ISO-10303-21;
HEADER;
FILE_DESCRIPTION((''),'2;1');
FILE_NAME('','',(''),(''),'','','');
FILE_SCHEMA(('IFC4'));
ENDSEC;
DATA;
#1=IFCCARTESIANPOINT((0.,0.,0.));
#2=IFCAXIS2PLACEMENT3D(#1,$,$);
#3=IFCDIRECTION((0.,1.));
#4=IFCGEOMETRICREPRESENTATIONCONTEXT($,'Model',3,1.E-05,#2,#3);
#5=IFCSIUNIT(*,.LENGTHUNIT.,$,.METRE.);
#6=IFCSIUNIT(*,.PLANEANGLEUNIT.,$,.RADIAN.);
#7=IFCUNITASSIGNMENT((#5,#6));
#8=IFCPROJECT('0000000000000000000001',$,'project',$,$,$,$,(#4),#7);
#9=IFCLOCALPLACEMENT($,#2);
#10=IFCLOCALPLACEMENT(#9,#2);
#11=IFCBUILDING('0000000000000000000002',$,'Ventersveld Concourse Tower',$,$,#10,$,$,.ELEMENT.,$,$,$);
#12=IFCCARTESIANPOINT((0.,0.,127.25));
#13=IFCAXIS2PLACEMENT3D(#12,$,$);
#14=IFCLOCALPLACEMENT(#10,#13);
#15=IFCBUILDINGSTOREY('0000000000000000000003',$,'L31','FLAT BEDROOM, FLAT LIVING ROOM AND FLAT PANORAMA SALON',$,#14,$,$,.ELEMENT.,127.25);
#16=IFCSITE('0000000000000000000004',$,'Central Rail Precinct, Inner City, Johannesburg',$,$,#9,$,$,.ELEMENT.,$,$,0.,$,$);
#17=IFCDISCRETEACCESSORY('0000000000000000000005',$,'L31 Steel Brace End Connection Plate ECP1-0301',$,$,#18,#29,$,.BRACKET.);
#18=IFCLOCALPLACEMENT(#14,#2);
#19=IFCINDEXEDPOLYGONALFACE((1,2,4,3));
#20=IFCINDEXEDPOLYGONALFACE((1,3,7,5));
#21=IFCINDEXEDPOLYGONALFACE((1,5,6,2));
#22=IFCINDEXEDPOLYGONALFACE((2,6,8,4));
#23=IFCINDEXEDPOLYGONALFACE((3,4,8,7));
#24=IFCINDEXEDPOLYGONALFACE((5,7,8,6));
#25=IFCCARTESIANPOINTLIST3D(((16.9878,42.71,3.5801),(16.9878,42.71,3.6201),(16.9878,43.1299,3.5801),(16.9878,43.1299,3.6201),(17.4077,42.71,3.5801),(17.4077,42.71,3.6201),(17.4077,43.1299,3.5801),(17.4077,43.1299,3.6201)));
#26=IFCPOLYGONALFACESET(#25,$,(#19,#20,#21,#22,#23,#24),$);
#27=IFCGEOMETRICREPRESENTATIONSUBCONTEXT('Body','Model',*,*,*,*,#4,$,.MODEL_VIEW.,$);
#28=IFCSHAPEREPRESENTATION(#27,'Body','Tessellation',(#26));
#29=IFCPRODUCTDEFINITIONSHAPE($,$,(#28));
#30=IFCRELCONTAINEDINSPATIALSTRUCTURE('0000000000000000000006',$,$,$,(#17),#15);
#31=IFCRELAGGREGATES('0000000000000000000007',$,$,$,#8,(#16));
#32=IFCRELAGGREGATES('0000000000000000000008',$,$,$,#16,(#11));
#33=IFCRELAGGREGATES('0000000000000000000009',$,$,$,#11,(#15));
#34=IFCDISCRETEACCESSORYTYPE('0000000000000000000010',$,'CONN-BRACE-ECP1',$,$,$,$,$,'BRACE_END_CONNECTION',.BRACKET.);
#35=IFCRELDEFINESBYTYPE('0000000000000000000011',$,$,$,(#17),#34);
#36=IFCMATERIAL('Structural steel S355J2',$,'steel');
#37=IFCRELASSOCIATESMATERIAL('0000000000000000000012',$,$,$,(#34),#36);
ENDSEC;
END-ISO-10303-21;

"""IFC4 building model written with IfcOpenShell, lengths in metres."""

from ifc_helpers import new_model, si_unit, direction, frame, origin, origin_2d, place, context, subcontext, project, spatial, rectangle, extrude, material, type_object, element, save


model = new_model("IFC4")

# Units and contexts
model_context = context("Model", 3, precision=1e-05, world=origin(), true_north=direction((0.0, 1.0)))
body_context = subcontext(model_context, "Body", "Model", "MODEL_VIEW")
ifc_project = project(units=[si_unit("LENGTHUNIT", "METRE"), si_unit("PLANEANGLEUNIT", "RADIAN")], contexts=[model_context])

# Site, building, storey
site_placement = place(None, origin())
site = spatial("IfcSite", under=ifc_project, at=site_placement, Name="Central Rail Precinct, Inner City, Johannesburg", CompositionType="ELEMENT", RefElevation=0.0)
building_placement = place(site_placement, origin())
building = spatial("IfcBuilding", under=site, at=building_placement, Name="Ventersveld Concourse Tower", CompositionType="ELEMENT")
storey_placement = place(building_placement, frame((0.0, 0.0, 127.25)))
storey = spatial("IfcBuildingStorey", under=building, at=storey_placement, Name="L31", Description="FLAT BEDROOM, FLAT LIVING ROOM AND FLAT PANORAMA SALON", CompositionType="ELEMENT", Elevation=127.25)

# Shared definitions
ifc_material_1 = material(Name="Structural steel S355J2", Category="steel")

# Discrete accessory
discrete_accessory_type = type_object("IfcDiscreteAccessoryType", Name="CONN-BRACE-ECP1", ElementType="BRACE_END_CONNECTION", PredefinedType="BRACKET", material=ifc_material_1)
discrete_accessory_placement = place(storey_placement, frame((17.1978, 42.9199, 3.5801), z_axis=(0.0, 0.0, 1.0), x_axis=(1.0, 0.0, 0.0)))
element("IfcDiscreteAccessory", 1, at=discrete_accessory_placement, inside=storey, type_object=discrete_accessory_type, Name="L31 Steel Brace End Connection Plate ECP1-0301", PredefinedType="BRACKET", context=body_context, shape_type="SweptSolid", body=[
    extrude(rectangle(XDim=0.4199, YDim=0.4199, at=origin_2d()), origin(), (0.0, 0.0, 1.0), 0.04),
])

save(model, "model.ifc")
